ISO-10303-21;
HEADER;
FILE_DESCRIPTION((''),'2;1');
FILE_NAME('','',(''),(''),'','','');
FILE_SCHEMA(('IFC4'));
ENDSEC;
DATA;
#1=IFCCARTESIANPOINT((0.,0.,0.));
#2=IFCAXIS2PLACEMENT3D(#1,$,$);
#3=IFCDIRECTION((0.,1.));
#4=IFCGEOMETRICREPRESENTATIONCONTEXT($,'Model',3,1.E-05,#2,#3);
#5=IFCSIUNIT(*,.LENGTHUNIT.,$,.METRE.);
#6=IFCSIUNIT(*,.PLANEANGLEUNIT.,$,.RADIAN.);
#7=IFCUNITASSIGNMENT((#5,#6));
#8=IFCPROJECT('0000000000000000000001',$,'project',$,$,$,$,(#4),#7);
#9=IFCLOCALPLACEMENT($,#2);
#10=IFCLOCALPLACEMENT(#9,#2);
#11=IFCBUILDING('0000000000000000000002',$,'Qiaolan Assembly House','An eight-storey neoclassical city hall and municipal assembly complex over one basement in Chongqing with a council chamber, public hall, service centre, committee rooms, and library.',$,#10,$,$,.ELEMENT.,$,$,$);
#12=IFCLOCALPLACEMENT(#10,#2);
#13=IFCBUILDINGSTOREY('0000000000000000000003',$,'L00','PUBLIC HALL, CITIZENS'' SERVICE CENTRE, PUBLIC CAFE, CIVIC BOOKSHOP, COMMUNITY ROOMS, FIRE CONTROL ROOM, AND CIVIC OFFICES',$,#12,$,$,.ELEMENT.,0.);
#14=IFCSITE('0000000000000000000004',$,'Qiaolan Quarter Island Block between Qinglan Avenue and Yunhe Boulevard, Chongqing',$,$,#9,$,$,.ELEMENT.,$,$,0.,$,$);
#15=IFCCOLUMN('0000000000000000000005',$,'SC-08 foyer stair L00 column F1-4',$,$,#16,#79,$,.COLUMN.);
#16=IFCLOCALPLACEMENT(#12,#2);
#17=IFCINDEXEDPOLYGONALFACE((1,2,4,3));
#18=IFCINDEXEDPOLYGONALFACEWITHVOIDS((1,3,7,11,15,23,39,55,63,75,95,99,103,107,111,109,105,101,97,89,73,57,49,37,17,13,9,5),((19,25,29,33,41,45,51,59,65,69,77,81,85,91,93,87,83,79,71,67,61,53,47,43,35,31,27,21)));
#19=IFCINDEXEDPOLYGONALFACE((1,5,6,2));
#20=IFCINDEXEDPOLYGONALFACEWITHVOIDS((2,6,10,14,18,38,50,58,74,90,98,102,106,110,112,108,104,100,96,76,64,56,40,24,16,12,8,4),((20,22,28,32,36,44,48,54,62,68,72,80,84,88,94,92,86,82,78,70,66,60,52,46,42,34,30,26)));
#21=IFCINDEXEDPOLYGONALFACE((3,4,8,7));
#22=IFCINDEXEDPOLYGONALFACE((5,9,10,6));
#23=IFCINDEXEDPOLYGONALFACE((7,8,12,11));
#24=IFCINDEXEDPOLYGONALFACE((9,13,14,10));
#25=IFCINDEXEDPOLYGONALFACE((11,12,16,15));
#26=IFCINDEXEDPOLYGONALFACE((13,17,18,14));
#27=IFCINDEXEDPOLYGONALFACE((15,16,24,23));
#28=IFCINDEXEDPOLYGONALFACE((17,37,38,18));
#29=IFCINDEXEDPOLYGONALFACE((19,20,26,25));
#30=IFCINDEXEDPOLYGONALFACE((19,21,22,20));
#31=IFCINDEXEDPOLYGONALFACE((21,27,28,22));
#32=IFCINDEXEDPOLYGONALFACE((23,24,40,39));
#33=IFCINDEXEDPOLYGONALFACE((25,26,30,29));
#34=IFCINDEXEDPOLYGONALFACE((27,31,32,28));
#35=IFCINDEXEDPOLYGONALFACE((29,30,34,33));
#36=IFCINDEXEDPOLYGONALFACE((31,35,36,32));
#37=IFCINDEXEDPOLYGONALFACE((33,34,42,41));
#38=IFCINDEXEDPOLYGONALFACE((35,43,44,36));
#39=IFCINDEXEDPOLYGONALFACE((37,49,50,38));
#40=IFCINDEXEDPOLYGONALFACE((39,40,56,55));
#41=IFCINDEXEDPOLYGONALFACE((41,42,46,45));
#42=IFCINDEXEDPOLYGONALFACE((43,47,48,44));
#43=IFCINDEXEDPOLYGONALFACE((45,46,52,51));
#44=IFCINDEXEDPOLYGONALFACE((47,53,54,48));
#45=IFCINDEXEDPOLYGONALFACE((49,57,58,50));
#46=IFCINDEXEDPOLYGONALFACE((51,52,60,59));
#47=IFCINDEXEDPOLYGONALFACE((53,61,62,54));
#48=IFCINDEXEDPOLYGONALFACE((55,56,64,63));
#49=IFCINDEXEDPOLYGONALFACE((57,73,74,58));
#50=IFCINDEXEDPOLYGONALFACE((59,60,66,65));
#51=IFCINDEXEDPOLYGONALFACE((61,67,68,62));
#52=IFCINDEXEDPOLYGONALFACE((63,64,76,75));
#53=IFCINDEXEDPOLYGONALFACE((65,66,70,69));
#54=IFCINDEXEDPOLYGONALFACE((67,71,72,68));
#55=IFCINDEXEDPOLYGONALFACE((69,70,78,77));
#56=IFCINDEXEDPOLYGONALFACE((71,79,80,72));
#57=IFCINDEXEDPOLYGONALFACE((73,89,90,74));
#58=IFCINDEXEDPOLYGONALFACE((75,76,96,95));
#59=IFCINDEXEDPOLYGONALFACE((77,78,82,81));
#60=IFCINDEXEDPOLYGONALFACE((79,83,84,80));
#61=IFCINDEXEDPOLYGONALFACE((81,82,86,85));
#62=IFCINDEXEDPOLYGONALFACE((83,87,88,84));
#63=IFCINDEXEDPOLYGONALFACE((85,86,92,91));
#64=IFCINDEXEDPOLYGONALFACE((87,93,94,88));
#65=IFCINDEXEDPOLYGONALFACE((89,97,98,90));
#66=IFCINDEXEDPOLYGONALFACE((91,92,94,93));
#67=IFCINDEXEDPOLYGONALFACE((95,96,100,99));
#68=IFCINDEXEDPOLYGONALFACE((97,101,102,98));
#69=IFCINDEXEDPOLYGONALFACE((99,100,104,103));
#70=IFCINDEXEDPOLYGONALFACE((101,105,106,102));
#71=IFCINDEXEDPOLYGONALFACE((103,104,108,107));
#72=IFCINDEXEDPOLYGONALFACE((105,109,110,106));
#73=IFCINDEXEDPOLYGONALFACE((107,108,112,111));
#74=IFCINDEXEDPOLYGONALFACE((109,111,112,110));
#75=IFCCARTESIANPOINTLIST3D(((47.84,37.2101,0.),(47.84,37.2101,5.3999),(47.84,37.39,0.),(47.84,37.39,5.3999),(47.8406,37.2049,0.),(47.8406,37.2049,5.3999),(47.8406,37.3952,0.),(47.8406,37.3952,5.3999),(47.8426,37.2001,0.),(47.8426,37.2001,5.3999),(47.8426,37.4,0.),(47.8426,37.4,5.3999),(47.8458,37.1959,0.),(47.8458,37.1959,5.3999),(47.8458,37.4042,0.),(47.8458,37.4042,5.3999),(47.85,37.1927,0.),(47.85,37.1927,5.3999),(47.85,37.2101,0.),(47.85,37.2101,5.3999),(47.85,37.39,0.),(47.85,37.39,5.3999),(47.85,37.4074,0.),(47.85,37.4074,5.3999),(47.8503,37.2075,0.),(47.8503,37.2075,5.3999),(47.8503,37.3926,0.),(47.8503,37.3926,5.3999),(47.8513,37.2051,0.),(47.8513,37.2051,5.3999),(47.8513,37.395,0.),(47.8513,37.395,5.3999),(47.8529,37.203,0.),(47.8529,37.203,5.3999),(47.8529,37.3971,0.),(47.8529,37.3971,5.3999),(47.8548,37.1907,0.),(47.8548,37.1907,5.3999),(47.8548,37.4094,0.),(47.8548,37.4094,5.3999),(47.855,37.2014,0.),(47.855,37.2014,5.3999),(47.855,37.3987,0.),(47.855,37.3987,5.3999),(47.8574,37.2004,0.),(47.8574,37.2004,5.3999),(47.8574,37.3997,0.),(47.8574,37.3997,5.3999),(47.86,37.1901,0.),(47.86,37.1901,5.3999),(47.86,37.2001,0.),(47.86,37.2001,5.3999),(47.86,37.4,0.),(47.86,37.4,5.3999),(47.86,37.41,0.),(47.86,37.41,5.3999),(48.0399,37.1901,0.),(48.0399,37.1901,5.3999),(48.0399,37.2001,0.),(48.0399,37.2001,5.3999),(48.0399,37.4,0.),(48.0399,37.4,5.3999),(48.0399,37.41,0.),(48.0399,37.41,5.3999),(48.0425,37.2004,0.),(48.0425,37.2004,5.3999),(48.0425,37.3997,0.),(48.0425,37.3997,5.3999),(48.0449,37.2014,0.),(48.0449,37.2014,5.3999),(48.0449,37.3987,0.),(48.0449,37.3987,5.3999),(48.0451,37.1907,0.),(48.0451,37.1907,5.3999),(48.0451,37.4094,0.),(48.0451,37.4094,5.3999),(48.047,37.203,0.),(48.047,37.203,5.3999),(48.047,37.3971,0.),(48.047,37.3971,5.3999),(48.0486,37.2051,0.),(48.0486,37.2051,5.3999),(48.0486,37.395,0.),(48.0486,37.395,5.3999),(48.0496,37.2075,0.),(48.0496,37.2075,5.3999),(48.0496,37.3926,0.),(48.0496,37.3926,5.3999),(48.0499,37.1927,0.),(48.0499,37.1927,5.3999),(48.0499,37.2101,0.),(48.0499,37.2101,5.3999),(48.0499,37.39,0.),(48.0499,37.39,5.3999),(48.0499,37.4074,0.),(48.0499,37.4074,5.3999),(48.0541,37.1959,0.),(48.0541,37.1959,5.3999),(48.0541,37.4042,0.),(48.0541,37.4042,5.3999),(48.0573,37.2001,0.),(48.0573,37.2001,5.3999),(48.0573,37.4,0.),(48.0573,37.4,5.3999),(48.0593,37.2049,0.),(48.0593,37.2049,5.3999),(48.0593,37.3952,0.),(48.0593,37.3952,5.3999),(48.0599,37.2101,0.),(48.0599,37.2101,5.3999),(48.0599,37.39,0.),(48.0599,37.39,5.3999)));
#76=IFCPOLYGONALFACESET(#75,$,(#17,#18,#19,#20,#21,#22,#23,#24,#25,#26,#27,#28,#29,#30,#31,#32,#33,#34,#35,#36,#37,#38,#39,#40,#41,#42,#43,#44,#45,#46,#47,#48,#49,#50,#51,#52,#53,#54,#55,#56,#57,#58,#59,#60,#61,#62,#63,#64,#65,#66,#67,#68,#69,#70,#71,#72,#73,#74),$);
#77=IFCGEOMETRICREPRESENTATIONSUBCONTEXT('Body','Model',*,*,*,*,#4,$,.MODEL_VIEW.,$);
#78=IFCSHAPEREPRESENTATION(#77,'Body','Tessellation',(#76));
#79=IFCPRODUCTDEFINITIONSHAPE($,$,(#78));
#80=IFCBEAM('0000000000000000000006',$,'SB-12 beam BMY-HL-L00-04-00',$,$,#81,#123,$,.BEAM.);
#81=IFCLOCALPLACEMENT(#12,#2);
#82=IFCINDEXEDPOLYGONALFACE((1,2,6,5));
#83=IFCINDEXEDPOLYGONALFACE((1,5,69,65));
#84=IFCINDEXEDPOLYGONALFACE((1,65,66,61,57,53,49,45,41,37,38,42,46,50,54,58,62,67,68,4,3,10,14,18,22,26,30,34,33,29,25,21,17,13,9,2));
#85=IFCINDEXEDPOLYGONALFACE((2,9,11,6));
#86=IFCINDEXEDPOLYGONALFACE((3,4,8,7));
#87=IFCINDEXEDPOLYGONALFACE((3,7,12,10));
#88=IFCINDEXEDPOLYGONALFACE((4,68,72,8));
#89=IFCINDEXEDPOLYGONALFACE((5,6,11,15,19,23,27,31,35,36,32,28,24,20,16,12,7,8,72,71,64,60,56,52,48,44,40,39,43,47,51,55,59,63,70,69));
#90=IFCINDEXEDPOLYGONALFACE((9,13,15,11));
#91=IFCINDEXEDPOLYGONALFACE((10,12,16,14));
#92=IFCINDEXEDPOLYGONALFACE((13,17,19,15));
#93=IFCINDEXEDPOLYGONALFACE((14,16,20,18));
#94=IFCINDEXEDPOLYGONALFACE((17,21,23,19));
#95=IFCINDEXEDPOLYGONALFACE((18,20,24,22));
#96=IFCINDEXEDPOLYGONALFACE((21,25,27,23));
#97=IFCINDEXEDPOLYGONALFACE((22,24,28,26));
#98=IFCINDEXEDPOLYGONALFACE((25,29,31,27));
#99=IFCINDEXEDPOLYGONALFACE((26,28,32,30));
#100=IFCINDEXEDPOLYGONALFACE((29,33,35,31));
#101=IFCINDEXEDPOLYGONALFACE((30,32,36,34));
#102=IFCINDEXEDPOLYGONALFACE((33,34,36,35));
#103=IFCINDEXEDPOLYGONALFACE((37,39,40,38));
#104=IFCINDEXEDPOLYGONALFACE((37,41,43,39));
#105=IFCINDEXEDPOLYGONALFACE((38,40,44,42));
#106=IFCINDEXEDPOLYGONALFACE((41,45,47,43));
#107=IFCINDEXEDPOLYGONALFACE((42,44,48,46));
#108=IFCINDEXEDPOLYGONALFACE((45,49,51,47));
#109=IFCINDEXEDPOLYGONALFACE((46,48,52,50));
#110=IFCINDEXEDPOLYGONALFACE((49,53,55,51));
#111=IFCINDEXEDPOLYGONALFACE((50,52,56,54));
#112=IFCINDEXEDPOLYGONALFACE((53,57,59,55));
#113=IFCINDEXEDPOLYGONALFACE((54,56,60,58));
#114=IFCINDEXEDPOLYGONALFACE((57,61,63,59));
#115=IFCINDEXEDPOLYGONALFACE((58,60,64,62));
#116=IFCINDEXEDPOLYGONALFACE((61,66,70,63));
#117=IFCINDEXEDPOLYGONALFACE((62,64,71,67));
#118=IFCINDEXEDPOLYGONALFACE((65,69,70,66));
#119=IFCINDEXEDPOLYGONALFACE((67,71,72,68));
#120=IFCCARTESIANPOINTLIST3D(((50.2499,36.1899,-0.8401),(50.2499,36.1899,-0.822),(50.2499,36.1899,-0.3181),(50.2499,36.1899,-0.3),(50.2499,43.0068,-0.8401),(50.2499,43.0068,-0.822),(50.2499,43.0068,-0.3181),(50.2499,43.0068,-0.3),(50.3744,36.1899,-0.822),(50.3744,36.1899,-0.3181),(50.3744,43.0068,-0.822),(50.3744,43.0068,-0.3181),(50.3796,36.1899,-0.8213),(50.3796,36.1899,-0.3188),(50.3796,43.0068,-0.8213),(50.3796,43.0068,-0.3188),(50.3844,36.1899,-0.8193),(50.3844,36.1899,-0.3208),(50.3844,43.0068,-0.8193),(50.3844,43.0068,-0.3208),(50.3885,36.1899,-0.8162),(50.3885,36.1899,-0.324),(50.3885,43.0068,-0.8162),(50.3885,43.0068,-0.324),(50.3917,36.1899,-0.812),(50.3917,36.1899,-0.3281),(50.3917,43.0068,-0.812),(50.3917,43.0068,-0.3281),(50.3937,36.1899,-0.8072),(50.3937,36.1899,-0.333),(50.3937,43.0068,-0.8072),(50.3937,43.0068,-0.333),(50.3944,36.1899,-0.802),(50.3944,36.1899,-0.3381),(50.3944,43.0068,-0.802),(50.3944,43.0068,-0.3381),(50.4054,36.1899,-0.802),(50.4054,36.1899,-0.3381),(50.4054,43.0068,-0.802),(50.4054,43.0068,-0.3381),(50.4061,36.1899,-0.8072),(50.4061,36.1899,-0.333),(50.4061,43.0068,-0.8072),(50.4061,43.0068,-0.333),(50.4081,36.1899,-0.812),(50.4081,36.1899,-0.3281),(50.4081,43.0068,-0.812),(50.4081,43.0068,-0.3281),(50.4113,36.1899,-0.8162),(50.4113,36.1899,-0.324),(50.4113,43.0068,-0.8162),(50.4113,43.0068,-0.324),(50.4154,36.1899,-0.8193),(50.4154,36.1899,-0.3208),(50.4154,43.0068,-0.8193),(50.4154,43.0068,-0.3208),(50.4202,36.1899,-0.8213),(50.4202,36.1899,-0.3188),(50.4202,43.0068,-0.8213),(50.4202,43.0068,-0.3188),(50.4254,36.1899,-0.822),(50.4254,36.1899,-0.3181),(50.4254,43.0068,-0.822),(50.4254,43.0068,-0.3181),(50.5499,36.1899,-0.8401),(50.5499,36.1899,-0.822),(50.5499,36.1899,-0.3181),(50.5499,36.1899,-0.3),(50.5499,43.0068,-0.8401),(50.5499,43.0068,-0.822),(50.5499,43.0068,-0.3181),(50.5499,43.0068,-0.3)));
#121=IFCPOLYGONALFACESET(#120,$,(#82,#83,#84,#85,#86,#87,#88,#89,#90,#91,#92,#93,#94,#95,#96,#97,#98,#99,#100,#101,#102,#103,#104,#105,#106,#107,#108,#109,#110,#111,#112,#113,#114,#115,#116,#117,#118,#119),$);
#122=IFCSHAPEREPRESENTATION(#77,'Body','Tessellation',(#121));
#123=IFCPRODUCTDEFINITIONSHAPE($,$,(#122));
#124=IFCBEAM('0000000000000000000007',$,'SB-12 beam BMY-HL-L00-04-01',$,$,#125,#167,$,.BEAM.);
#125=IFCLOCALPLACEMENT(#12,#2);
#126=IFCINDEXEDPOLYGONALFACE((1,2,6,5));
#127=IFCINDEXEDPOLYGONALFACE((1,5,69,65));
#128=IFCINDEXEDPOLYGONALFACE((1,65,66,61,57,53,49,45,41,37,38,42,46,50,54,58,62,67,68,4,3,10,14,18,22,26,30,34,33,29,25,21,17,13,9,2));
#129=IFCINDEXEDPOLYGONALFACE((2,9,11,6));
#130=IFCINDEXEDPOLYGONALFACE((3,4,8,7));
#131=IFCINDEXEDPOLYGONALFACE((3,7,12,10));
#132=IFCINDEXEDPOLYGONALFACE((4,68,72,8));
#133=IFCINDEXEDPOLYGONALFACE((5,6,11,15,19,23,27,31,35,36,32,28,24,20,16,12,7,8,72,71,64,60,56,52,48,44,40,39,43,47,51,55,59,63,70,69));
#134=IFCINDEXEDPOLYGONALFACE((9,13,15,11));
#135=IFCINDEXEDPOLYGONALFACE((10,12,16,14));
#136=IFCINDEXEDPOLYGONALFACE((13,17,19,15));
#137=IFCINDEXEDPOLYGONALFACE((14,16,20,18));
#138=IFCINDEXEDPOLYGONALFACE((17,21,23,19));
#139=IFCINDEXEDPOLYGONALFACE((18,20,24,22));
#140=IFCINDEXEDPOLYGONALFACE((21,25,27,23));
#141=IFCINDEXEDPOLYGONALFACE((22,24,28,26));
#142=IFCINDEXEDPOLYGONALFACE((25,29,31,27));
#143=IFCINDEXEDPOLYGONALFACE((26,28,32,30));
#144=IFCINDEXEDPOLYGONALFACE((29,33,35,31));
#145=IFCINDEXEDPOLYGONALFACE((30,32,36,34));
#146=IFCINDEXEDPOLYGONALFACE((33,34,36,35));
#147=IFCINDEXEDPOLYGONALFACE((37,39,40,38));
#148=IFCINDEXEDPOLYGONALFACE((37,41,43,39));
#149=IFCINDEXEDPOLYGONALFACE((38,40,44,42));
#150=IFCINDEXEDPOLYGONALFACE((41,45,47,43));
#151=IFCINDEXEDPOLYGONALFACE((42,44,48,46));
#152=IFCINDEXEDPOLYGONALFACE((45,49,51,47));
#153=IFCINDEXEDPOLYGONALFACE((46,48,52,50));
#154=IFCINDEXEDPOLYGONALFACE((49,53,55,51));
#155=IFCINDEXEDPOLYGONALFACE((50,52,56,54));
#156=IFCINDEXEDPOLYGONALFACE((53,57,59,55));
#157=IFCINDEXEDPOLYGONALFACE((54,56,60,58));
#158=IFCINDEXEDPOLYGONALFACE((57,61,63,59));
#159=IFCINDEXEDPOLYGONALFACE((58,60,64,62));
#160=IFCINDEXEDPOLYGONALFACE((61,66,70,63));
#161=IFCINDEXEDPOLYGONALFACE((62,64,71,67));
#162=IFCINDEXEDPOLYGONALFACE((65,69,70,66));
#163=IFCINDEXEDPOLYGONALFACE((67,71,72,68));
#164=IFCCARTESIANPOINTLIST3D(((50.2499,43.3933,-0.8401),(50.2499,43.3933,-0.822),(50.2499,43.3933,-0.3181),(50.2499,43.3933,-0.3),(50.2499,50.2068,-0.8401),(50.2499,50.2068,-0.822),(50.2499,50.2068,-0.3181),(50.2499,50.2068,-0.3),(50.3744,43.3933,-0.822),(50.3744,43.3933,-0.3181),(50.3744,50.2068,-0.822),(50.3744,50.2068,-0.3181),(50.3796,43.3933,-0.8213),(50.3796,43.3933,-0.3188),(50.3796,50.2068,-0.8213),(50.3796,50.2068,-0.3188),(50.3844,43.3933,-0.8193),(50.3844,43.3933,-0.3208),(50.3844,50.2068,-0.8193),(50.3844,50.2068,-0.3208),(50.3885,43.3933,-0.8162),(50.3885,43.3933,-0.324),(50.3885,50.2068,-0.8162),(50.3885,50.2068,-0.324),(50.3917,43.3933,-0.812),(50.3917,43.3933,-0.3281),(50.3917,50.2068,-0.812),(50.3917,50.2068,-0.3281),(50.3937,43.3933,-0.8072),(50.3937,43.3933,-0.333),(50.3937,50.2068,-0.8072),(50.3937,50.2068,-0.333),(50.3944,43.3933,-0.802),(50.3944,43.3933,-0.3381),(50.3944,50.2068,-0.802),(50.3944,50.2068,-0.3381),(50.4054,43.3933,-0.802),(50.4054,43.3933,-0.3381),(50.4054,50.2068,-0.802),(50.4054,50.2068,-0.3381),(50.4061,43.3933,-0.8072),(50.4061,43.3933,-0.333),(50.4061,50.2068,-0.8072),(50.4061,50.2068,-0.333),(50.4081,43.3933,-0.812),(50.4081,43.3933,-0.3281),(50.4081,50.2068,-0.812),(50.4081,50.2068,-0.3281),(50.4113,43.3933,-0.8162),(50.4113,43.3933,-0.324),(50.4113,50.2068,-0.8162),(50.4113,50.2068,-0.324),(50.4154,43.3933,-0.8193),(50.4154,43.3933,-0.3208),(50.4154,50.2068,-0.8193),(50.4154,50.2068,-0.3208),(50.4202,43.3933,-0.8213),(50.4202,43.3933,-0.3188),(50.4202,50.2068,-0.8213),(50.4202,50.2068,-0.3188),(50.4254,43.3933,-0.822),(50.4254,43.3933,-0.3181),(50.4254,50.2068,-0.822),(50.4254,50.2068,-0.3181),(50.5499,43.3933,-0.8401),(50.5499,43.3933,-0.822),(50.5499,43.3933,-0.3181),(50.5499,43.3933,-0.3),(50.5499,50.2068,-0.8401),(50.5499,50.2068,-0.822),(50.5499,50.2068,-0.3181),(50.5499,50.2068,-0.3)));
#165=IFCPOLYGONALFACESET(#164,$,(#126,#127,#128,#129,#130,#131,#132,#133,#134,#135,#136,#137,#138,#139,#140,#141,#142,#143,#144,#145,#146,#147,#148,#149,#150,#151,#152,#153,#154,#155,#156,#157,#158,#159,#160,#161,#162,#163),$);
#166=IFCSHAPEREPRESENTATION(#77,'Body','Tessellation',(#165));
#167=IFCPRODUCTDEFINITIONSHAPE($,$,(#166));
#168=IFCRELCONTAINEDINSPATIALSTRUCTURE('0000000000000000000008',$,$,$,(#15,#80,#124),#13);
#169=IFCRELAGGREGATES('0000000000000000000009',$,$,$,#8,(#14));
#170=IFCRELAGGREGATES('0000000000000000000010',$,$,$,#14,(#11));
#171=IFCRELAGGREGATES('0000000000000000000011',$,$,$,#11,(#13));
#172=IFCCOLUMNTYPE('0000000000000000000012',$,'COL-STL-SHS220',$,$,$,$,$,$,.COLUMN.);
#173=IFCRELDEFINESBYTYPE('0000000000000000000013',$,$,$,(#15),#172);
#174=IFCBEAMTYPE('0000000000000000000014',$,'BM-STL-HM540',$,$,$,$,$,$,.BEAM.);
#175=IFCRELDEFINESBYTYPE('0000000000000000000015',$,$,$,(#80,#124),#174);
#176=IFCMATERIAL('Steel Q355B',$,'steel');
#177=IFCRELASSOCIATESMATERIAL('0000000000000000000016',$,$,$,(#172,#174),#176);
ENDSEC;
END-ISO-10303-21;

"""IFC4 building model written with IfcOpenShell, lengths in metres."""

from ifc_helpers import new_model, si_unit, direction, frame, origin, origin_2d, place, context, subcontext, project, spatial, hollow_rectangle, i_section, extrude, material, material_profile, profile_set, type_object, element, save


model = new_model("IFC4")

# Units and contexts
model_context = context("Model", 3, precision=1e-05, world=origin(), true_north=direction((0.0, 1.0)))
body_context = subcontext(model_context, "Body", "Model", "MODEL_VIEW")
ifc_project = project(units=[si_unit("LENGTHUNIT", "METRE"), si_unit("PLANEANGLEUNIT", "RADIAN")], contexts=[model_context])

# Site, building, storey
site_placement = place(None, origin())
site = spatial("IfcSite", under=ifc_project, at=site_placement, Name="Qiaolan Quarter Island Block between Qinglan Avenue and Yunhe Boulevard, Chongqing", CompositionType="ELEMENT", RefElevation=0.0)
building_placement = place(site_placement, origin())
building = spatial("IfcBuilding", under=site, at=building_placement, Name="Qiaolan Assembly House", Description="An eight-storey neoclassical city hall and municipal assembly complex over one basement in Chongqing with a council chamber, public hall, service centre, committee rooms, and library.", CompositionType="ELEMENT")
storey_placement = place(building_placement, origin())
storey = spatial("IfcBuildingStorey", under=building, at=storey_placement, Name="L00", Description="PUBLIC HALL, CITIZENS' SERVICE CENTRE, PUBLIC CAFE, CIVIC BOOKSHOP, COMMUNITY ROOMS, FIRE CONTROL ROOM, AND CIVIC OFFICES", CompositionType="ELEMENT", Elevation=0.0)

# Column
ifc_material_1 = material(Name="Steel Q355B", Category="steel")
ifc_material_profile_1 = material_profile(ifc_material_1, hollow_rectangle(XDim=0.22, YDim=0.22, WallThickness=0.01, InnerFilletRadius=0.01, OuterFilletRadius=0.02, at=origin_2d()), Name="SHS 220x220x10")
ifc_profile_set_1 = profile_set([ifc_material_profile_1], Name="Steel Q355B")
column_type_1 = type_object("IfcColumnType", Name="COL-STL-SHS220", PredefinedType="COLUMN", material=ifc_profile_set_1)
for number, where, z_axis, x_axis, name in (
    (1, (47.95, 37.3, 0.0), (0.0, 0.0, 1.0), (1.0, 0.0, 0.0), "SC-08 foyer stair L00 column F1-4"),
):
    element("IfcColumn", number, at=place(storey_placement, frame(where, z_axis=z_axis, x_axis=x_axis)), inside=storey, type_object=column_type_1, Name=name, PredefinedType="COLUMN", context=body_context, shape_type="SweptSolid", body=[
        extrude(hollow_rectangle(XDim=0.22, YDim=0.22, WallThickness=0.01, InnerFilletRadius=0.01, OuterFilletRadius=0.02, at=origin_2d()), origin(), (0.0, 0.0, 1.0), 5.3999),
    ])

# Beams
ifc_material_profile_2 = material_profile(ifc_material_1, i_section(OverallWidth=0.3, OverallDepth=0.54, WebThickness=0.011, FlangeThickness=0.0181, FilletRadius=0.02, at=origin_2d()), Name="HM 540x300x11x18")
ifc_profile_set_2 = profile_set([ifc_material_profile_2], Name="Steel Q355B")
beam_type_1 = type_object("IfcBeamType", Name="BM-STL-HM540", PredefinedType="BEAM", material=ifc_profile_set_2)
beam_1_placement = place(storey_placement, frame((50.3999, 36.1899, -0.5701), z_axis=(0.0, 1.0, 0.0), x_axis=(-1.0, 0.0, 0.0)))
element("IfcBeam", 2, at=beam_1_placement, inside=storey, type_object=beam_type_1, Name="SB-12 beam BMY-HL-L00-04-00", PredefinedType="BEAM", context=body_context, shape_type="SweptSolid", body=[
    extrude(i_section(OverallWidth=0.3, OverallDepth=0.54, WebThickness=0.011, FlangeThickness=0.0181, FilletRadius=0.02, at=origin_2d()), origin(), (0.0, 0.0, 1.0), 6.8169),
])
beam_2_placement = place(storey_placement, frame((50.3999, 43.3933, -0.5701), z_axis=(0.0, 1.0, 0.0), x_axis=(-1.0, 0.0, 0.0)))
element("IfcBeam", 3, at=beam_2_placement, inside=storey, type_object=beam_type_1, Name="SB-12 beam BMY-HL-L00-04-01", PredefinedType="BEAM", context=body_context, shape_type="SweptSolid", body=[
    extrude(i_section(OverallWidth=0.3, OverallDepth=0.54, WebThickness=0.011, FlangeThickness=0.0181, FilletRadius=0.02, at=origin_2d()), origin(), (0.0, 0.0, 1.0), 6.8135),
])

save(model, "model.ifc")
